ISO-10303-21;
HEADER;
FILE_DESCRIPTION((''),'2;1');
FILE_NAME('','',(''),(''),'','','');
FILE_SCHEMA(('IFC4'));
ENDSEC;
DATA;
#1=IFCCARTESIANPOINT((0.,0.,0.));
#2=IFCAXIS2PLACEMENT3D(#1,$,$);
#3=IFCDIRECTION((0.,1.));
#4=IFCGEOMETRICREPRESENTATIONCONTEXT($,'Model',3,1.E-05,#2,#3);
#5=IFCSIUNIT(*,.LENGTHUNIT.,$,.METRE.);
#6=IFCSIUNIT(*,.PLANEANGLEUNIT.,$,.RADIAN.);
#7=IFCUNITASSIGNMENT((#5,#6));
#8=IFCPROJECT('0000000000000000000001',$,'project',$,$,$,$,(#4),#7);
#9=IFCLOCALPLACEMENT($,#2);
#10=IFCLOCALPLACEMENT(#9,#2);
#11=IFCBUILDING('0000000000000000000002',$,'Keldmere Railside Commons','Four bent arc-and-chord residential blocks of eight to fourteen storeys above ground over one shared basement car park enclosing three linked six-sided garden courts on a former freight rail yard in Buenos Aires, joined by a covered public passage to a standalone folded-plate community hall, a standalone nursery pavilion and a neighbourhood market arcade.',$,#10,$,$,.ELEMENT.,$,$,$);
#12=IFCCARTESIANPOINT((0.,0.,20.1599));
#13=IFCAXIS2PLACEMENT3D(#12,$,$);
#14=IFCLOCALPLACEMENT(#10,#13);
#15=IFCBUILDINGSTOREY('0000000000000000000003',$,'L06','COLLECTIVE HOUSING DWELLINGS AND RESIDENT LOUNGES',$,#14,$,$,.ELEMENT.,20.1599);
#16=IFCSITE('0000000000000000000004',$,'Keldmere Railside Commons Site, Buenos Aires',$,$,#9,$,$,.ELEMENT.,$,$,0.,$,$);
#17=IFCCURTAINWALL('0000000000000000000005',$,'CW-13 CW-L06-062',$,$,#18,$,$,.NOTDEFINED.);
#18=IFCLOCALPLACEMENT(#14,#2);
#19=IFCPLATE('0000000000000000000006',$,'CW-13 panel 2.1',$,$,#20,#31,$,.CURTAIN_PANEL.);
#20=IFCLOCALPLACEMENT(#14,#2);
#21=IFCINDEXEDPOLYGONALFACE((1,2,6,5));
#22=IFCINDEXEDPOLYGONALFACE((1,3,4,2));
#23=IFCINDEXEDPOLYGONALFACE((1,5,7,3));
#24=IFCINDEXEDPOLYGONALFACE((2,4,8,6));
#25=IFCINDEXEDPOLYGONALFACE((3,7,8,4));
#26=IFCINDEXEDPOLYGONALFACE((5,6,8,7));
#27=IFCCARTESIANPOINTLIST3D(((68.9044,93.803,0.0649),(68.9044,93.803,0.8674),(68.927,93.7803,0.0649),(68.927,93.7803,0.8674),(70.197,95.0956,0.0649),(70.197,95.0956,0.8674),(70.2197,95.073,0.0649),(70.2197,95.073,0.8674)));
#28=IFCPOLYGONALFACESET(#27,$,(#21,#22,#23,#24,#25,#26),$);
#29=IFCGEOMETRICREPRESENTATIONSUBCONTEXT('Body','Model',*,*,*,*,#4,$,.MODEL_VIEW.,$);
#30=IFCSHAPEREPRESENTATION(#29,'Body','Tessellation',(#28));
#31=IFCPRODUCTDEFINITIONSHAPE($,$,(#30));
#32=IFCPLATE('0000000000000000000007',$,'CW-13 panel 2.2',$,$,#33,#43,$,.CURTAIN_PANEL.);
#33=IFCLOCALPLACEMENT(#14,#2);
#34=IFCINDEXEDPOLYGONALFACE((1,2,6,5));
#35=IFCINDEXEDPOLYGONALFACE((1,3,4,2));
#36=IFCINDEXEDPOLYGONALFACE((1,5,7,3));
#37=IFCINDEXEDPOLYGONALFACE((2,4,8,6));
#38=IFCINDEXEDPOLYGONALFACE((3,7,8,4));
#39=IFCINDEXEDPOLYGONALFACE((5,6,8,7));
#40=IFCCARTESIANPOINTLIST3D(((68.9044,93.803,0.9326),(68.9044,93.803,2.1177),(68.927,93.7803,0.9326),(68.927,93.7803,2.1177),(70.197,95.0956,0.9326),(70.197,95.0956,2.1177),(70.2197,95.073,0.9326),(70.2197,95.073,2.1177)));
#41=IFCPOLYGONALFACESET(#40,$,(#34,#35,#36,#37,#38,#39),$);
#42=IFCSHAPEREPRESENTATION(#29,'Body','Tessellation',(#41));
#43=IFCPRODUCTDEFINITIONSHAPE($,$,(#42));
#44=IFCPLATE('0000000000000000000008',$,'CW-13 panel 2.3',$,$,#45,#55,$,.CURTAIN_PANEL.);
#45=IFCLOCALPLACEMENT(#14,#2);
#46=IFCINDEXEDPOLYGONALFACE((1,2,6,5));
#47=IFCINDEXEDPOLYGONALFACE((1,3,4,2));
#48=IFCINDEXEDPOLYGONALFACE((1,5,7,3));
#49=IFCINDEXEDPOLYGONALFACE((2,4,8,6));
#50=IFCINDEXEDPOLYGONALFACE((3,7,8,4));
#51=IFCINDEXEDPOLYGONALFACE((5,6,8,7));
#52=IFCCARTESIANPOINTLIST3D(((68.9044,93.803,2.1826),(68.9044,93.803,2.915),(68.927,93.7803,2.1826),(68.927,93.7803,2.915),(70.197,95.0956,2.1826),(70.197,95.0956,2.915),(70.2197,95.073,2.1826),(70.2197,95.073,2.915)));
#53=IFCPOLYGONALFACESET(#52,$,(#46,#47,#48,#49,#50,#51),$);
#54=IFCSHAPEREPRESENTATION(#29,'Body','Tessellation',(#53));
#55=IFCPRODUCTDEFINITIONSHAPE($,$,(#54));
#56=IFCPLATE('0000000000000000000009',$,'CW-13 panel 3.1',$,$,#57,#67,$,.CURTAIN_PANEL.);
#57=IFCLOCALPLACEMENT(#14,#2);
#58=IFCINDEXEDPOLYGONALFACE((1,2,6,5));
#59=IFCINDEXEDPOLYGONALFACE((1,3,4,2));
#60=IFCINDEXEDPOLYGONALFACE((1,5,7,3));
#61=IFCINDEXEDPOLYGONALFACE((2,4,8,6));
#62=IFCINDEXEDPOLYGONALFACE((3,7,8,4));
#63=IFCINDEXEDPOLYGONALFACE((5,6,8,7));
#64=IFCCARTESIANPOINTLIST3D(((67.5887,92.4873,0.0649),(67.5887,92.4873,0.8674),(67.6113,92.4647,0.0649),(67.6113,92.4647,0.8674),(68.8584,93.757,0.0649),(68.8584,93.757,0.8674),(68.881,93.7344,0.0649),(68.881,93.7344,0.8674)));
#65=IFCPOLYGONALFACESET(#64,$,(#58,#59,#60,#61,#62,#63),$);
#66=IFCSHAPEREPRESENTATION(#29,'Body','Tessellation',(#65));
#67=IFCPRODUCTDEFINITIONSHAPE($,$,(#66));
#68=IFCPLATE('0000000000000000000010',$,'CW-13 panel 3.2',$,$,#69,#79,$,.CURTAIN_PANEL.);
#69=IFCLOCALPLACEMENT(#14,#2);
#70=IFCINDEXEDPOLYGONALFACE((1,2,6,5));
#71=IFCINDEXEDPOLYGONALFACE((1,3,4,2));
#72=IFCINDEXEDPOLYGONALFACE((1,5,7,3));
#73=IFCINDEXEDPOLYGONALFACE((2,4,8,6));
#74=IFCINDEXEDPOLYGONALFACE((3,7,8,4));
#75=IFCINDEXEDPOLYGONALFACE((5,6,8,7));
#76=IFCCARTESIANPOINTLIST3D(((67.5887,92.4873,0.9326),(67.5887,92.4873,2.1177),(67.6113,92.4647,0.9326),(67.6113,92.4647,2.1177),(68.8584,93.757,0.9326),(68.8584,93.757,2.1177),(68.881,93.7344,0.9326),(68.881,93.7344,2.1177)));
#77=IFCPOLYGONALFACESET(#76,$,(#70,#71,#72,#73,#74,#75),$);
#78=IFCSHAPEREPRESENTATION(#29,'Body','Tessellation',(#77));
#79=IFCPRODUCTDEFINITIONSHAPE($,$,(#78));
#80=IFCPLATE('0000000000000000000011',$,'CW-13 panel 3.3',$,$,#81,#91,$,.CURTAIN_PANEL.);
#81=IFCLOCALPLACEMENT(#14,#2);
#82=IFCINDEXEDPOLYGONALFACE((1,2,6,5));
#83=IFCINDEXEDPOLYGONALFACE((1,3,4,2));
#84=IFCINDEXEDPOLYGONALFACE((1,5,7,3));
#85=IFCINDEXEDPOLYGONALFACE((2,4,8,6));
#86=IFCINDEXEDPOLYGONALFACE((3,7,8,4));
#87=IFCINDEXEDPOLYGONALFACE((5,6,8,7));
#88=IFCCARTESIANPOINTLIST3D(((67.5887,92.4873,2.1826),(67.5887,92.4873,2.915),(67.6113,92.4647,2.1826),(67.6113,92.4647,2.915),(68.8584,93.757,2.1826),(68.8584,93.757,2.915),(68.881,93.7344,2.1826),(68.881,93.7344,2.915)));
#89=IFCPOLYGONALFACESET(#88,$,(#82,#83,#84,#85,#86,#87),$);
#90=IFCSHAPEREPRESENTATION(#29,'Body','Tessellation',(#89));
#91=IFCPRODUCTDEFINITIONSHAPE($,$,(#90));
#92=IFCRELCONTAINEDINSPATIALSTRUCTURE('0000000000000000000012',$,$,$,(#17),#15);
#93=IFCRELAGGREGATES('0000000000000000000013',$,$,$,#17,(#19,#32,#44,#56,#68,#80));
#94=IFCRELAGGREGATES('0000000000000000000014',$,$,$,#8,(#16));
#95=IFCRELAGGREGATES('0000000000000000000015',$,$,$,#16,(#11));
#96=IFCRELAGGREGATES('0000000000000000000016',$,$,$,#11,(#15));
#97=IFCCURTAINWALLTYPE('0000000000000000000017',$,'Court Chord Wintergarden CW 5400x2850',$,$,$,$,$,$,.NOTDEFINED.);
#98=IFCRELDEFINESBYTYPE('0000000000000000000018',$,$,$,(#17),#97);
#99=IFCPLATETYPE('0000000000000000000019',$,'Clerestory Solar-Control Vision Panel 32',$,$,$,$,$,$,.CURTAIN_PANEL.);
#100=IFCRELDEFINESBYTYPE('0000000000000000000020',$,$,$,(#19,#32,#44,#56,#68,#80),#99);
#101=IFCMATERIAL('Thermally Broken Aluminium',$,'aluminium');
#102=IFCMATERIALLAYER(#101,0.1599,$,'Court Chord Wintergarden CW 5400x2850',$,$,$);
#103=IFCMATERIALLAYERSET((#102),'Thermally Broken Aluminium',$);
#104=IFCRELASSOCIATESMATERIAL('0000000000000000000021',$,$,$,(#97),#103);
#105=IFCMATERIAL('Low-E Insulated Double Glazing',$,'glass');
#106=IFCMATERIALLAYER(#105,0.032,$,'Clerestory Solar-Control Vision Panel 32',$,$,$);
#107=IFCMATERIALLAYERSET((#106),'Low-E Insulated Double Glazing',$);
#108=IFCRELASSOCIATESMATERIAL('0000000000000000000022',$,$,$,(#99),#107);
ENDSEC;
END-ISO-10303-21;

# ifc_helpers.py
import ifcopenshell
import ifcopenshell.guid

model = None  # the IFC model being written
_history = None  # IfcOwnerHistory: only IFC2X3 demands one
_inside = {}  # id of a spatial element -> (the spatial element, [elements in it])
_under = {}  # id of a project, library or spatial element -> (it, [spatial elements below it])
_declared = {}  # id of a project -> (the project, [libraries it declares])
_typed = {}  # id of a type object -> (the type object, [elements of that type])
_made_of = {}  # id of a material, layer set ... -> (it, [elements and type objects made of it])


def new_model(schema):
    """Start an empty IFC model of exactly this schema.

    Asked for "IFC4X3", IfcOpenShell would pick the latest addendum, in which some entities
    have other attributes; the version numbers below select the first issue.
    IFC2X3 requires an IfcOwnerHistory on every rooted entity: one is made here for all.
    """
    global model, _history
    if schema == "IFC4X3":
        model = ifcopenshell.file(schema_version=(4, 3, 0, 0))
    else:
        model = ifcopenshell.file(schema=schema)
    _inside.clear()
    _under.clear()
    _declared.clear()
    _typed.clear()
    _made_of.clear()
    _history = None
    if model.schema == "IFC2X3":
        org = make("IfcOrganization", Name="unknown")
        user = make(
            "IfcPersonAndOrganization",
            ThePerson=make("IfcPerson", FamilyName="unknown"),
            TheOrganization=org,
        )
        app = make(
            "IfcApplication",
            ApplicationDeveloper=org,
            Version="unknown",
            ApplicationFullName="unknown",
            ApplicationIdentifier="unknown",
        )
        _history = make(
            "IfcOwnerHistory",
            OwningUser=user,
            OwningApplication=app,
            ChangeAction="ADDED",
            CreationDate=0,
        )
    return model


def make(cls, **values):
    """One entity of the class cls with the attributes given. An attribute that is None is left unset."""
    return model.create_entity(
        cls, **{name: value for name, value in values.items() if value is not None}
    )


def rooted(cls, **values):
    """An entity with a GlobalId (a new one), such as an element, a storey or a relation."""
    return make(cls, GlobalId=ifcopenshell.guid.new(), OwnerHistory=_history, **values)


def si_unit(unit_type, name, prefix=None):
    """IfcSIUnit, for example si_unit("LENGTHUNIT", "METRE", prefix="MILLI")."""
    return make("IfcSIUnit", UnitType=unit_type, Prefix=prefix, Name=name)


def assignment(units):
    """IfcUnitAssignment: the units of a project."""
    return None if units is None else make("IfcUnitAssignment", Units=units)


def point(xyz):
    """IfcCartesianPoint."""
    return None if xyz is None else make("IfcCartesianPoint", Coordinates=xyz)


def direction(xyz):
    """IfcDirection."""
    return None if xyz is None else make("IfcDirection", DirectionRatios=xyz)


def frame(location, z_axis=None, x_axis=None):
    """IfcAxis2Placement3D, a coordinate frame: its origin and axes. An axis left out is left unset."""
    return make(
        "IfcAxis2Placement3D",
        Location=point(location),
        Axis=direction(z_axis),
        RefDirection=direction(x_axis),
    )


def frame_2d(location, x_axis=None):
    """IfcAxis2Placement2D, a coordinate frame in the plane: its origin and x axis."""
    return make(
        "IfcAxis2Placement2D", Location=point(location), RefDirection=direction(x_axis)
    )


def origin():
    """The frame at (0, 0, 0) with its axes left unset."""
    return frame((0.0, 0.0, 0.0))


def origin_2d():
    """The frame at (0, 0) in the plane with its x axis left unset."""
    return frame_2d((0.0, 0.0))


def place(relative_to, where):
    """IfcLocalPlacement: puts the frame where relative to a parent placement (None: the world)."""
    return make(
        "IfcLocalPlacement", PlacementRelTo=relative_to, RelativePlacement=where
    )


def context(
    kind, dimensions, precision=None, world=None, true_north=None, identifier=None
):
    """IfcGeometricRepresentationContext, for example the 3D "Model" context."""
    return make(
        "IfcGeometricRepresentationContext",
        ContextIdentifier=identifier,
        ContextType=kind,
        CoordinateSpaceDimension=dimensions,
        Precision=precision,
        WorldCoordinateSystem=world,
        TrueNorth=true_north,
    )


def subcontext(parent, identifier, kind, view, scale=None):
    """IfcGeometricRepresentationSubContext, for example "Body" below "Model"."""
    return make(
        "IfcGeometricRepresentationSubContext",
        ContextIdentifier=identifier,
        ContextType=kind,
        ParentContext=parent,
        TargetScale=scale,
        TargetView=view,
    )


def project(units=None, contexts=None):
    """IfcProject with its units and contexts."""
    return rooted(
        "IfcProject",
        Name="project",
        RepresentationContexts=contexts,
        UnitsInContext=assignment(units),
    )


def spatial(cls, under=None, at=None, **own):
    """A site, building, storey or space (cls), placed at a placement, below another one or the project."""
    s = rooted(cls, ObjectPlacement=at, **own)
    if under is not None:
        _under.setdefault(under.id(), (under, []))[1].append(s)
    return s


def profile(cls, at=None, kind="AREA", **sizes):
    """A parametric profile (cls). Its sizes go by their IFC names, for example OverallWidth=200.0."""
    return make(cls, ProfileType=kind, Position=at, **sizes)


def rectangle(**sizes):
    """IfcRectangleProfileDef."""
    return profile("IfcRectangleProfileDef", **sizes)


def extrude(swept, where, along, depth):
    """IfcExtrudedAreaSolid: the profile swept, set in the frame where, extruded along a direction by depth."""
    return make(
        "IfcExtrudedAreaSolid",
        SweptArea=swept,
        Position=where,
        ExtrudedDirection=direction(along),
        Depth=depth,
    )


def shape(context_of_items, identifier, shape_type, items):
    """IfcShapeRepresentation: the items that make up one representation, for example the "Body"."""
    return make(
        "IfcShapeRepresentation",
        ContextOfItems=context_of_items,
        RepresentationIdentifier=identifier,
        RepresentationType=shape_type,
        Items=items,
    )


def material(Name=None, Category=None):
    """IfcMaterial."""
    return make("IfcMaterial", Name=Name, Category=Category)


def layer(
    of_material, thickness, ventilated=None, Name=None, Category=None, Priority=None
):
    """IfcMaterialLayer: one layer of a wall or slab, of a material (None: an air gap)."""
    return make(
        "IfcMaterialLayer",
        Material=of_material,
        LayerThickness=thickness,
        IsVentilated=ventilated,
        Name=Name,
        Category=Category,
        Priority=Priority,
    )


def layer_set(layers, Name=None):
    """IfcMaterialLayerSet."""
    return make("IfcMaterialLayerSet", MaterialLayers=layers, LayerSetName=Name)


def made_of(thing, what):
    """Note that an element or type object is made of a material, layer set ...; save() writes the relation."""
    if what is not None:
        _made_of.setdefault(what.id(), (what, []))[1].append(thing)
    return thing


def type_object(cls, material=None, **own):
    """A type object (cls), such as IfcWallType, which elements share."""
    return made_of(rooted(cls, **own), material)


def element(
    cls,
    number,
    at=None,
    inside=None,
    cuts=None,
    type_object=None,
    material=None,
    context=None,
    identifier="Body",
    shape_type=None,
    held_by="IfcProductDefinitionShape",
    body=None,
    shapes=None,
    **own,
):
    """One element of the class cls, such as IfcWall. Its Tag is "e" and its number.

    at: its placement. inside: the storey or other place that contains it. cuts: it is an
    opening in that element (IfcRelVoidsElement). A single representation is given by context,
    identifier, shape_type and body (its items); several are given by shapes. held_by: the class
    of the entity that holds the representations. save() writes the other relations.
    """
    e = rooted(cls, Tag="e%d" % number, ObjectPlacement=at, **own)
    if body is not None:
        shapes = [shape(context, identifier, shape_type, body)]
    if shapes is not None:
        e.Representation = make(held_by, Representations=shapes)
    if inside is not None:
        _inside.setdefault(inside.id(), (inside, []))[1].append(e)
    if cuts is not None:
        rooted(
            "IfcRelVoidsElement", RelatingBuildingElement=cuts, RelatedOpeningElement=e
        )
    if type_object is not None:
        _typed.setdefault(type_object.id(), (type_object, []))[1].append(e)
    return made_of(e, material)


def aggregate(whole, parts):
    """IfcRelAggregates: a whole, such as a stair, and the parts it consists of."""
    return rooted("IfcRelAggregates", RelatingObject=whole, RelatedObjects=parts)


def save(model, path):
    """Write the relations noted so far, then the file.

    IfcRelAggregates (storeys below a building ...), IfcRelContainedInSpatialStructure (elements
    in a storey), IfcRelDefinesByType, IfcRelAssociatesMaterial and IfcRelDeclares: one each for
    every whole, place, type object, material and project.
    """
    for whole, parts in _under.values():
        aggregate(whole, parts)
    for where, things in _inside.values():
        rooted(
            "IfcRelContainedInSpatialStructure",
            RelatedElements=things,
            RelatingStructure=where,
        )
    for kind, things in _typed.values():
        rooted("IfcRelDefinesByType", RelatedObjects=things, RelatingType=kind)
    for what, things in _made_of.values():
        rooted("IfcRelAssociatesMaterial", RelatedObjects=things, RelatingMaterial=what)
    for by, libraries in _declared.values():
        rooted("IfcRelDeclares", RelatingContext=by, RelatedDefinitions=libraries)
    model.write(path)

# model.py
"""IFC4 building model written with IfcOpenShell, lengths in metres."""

from ifc_helpers import new_model, si_unit, direction, frame, origin, origin_2d, place, context, subcontext, project, spatial, rectangle, extrude, material, layer, layer_set, type_object, element, aggregate, save


model = new_model("IFC4")

# Units and contexts
model_context = context("Model", 3, precision=1e-05, world=origin(), true_north=direction((0.0, 1.0)))
body_context = subcontext(model_context, "Body", "Model", "MODEL_VIEW")
ifc_project = project(units=[si_unit("LENGTHUNIT", "METRE"), si_unit("PLANEANGLEUNIT", "RADIAN")], contexts=[model_context])

# Site, building, storey
site_placement = place(None, origin())
site = spatial("IfcSite", under=ifc_project, at=site_placement, Name="Keldmere Railside Commons Site, Buenos Aires", CompositionType="ELEMENT", RefElevation=0.0)
building_placement = place(site_placement, origin())
building = spatial("IfcBuilding", under=site, at=building_placement, Name="Keldmere Railside Commons", Description="Four bent arc-and-chord residential blocks of eight to fourteen storeys above ground over one shared basement car park enclosing three linked six-sided garden courts on a former freight rail yard in Buenos Aires, joined by a covered public passage to a standalone folded-plate community hall, a standalone nursery pavilion and a neighbourhood market arcade.", CompositionType="ELEMENT")
storey_placement = place(building_placement, frame((0.0, 0.0, 20.1599)))
storey = spatial("IfcBuildingStorey", under=building, at=storey_placement, Name="L06", Description="COLLECTIVE HOUSING DWELLINGS AND RESIDENT LOUNGES", CompositionType="ELEMENT", Elevation=20.1599)

# Curtain wall
ifc_material_1 = material(Name="Thermally Broken Aluminium", Category="aluminium")
ifc_layer_1 = layer(ifc_material_1, 0.1599, Name="Court Chord Wintergarden CW 5400x2850")
ifc_layer_set_1 = layer_set([ifc_layer_1], Name="Thermally Broken Aluminium")
curtain_wall_type_1 = type_object("IfcCurtainWallType", Name="Court Chord Wintergarden CW 5400x2850", PredefinedType="NOTDEFINED", material=ifc_layer_set_1)
curtain_wall_1_placement = place(storey_placement, origin())
curtain_wall_1 = element("IfcCurtainWall", 1, at=curtain_wall_1_placement, inside=storey, type_object=curtain_wall_type_1, Name="CW-13 CW-L06-062", PredefinedType="NOTDEFINED")

# Plates
ifc_material_2 = material(Name="Low-E Insulated Double Glazing", Category="glass")
ifc_layer_2 = layer(ifc_material_2, 0.032, Name="Clerestory Solar-Control Vision Panel 32")
ifc_layer_set_2 = layer_set([ifc_layer_2], Name="Low-E Insulated Double Glazing")
plate_type_1 = type_object("IfcPlateType", Name="Clerestory Solar-Control Vision Panel 32", PredefinedType="CURTAIN_PANEL", material=ifc_layer_set_2)
plate_1_placement = place(storey_placement, frame((69.562, 94.438, 0.0649), z_axis=(0.0, 0.0, 1.0), x_axis=(-0.707107, -0.707107, 0.0)))
plate_1 = element("IfcPlate", 2, at=plate_1_placement, type_object=plate_type_1, Name="CW-13 panel 2.1", PredefinedType="CURTAIN_PANEL", context=body_context, shape_type="SweptSolid", body=[
    extrude(rectangle(XDim=1.8281, YDim=0.032, at=origin_2d()), origin(), (0.0, 0.0, 1.0), 0.8025),
])
plate_2_placement = place(storey_placement, frame((69.562, 94.438, 0.9326), z_axis=(0.0, 0.0, 1.0), x_axis=(-0.707107, -0.707107, 0.0)))
plate_2 = element("IfcPlate", 3, at=plate_2_placement, type_object=plate_type_1, Name="CW-13 panel 2.2", PredefinedType="CURTAIN_PANEL", context=body_context, shape_type="SweptSolid", body=[
    extrude(rectangle(XDim=1.8281, YDim=0.032, at=origin_2d()), origin(), (0.0, 0.0, 1.0), 1.1851),
])
plate_3_placement = place(storey_placement, frame((69.562, 94.438, 2.1826), z_axis=(0.0, 0.0, 1.0), x_axis=(-0.707107, -0.707107, 0.0)))
plate_3 = element("IfcPlate", 4, at=plate_3_placement, type_object=plate_type_1, Name="CW-13 panel 2.3", PredefinedType="CURTAIN_PANEL", context=body_context, shape_type="SweptSolid", body=[
    extrude(rectangle(XDim=1.8281, YDim=0.032, at=origin_2d()), origin(), (0.0, 0.0, 1.0), 0.7324),
])
plate_4_placement = place(storey_placement, frame((68.2349, 93.1108, 0.0649), z_axis=(0.0, 0.0, 1.0), x_axis=(-0.707107, -0.707107, 0.0)))
plate_4 = element("IfcPlate", 5, at=plate_4_placement, type_object=plate_type_1, Name="CW-13 panel 3.1", PredefinedType="CURTAIN_PANEL", context=body_context, shape_type="SweptSolid", body=[
    extrude(rectangle(XDim=1.7957, YDim=0.032, at=origin_2d()), origin(), (0.0, 0.0, 1.0), 0.8025),
])
plate_5_placement = place(storey_placement, frame((68.2349, 93.1108, 0.9326), z_axis=(0.0, 0.0, 1.0), x_axis=(-0.707107, -0.707107, 0.0)))
plate_5 = element("IfcPlate", 6, at=plate_5_placement, type_object=plate_type_1, Name="CW-13 panel 3.2", PredefinedType="CURTAIN_PANEL", context=body_context, shape_type="SweptSolid", body=[
    extrude(rectangle(XDim=1.7957, YDim=0.032, at=origin_2d()), origin(), (0.0, 0.0, 1.0), 1.1851),
])
plate_6_placement = place(storey_placement, frame((68.2349, 93.1108, 2.1826), z_axis=(0.0, 0.0, 1.0), x_axis=(-0.707107, -0.707107, 0.0)))
plate_6 = element("IfcPlate", 7, at=plate_6_placement, type_object=plate_type_1, Name="CW-13 panel 3.3", PredefinedType="CURTAIN_PANEL", context=body_context, shape_type="SweptSolid", body=[
    extrude(rectangle(XDim=1.7957, YDim=0.032, at=origin_2d()), origin(), (0.0, 0.0, 1.0), 0.7324),
])
aggregate(curtain_wall_1, [plate_1, plate_2, plate_3, plate_4, plate_5, plate_6])

save(model, "model.ifc")
